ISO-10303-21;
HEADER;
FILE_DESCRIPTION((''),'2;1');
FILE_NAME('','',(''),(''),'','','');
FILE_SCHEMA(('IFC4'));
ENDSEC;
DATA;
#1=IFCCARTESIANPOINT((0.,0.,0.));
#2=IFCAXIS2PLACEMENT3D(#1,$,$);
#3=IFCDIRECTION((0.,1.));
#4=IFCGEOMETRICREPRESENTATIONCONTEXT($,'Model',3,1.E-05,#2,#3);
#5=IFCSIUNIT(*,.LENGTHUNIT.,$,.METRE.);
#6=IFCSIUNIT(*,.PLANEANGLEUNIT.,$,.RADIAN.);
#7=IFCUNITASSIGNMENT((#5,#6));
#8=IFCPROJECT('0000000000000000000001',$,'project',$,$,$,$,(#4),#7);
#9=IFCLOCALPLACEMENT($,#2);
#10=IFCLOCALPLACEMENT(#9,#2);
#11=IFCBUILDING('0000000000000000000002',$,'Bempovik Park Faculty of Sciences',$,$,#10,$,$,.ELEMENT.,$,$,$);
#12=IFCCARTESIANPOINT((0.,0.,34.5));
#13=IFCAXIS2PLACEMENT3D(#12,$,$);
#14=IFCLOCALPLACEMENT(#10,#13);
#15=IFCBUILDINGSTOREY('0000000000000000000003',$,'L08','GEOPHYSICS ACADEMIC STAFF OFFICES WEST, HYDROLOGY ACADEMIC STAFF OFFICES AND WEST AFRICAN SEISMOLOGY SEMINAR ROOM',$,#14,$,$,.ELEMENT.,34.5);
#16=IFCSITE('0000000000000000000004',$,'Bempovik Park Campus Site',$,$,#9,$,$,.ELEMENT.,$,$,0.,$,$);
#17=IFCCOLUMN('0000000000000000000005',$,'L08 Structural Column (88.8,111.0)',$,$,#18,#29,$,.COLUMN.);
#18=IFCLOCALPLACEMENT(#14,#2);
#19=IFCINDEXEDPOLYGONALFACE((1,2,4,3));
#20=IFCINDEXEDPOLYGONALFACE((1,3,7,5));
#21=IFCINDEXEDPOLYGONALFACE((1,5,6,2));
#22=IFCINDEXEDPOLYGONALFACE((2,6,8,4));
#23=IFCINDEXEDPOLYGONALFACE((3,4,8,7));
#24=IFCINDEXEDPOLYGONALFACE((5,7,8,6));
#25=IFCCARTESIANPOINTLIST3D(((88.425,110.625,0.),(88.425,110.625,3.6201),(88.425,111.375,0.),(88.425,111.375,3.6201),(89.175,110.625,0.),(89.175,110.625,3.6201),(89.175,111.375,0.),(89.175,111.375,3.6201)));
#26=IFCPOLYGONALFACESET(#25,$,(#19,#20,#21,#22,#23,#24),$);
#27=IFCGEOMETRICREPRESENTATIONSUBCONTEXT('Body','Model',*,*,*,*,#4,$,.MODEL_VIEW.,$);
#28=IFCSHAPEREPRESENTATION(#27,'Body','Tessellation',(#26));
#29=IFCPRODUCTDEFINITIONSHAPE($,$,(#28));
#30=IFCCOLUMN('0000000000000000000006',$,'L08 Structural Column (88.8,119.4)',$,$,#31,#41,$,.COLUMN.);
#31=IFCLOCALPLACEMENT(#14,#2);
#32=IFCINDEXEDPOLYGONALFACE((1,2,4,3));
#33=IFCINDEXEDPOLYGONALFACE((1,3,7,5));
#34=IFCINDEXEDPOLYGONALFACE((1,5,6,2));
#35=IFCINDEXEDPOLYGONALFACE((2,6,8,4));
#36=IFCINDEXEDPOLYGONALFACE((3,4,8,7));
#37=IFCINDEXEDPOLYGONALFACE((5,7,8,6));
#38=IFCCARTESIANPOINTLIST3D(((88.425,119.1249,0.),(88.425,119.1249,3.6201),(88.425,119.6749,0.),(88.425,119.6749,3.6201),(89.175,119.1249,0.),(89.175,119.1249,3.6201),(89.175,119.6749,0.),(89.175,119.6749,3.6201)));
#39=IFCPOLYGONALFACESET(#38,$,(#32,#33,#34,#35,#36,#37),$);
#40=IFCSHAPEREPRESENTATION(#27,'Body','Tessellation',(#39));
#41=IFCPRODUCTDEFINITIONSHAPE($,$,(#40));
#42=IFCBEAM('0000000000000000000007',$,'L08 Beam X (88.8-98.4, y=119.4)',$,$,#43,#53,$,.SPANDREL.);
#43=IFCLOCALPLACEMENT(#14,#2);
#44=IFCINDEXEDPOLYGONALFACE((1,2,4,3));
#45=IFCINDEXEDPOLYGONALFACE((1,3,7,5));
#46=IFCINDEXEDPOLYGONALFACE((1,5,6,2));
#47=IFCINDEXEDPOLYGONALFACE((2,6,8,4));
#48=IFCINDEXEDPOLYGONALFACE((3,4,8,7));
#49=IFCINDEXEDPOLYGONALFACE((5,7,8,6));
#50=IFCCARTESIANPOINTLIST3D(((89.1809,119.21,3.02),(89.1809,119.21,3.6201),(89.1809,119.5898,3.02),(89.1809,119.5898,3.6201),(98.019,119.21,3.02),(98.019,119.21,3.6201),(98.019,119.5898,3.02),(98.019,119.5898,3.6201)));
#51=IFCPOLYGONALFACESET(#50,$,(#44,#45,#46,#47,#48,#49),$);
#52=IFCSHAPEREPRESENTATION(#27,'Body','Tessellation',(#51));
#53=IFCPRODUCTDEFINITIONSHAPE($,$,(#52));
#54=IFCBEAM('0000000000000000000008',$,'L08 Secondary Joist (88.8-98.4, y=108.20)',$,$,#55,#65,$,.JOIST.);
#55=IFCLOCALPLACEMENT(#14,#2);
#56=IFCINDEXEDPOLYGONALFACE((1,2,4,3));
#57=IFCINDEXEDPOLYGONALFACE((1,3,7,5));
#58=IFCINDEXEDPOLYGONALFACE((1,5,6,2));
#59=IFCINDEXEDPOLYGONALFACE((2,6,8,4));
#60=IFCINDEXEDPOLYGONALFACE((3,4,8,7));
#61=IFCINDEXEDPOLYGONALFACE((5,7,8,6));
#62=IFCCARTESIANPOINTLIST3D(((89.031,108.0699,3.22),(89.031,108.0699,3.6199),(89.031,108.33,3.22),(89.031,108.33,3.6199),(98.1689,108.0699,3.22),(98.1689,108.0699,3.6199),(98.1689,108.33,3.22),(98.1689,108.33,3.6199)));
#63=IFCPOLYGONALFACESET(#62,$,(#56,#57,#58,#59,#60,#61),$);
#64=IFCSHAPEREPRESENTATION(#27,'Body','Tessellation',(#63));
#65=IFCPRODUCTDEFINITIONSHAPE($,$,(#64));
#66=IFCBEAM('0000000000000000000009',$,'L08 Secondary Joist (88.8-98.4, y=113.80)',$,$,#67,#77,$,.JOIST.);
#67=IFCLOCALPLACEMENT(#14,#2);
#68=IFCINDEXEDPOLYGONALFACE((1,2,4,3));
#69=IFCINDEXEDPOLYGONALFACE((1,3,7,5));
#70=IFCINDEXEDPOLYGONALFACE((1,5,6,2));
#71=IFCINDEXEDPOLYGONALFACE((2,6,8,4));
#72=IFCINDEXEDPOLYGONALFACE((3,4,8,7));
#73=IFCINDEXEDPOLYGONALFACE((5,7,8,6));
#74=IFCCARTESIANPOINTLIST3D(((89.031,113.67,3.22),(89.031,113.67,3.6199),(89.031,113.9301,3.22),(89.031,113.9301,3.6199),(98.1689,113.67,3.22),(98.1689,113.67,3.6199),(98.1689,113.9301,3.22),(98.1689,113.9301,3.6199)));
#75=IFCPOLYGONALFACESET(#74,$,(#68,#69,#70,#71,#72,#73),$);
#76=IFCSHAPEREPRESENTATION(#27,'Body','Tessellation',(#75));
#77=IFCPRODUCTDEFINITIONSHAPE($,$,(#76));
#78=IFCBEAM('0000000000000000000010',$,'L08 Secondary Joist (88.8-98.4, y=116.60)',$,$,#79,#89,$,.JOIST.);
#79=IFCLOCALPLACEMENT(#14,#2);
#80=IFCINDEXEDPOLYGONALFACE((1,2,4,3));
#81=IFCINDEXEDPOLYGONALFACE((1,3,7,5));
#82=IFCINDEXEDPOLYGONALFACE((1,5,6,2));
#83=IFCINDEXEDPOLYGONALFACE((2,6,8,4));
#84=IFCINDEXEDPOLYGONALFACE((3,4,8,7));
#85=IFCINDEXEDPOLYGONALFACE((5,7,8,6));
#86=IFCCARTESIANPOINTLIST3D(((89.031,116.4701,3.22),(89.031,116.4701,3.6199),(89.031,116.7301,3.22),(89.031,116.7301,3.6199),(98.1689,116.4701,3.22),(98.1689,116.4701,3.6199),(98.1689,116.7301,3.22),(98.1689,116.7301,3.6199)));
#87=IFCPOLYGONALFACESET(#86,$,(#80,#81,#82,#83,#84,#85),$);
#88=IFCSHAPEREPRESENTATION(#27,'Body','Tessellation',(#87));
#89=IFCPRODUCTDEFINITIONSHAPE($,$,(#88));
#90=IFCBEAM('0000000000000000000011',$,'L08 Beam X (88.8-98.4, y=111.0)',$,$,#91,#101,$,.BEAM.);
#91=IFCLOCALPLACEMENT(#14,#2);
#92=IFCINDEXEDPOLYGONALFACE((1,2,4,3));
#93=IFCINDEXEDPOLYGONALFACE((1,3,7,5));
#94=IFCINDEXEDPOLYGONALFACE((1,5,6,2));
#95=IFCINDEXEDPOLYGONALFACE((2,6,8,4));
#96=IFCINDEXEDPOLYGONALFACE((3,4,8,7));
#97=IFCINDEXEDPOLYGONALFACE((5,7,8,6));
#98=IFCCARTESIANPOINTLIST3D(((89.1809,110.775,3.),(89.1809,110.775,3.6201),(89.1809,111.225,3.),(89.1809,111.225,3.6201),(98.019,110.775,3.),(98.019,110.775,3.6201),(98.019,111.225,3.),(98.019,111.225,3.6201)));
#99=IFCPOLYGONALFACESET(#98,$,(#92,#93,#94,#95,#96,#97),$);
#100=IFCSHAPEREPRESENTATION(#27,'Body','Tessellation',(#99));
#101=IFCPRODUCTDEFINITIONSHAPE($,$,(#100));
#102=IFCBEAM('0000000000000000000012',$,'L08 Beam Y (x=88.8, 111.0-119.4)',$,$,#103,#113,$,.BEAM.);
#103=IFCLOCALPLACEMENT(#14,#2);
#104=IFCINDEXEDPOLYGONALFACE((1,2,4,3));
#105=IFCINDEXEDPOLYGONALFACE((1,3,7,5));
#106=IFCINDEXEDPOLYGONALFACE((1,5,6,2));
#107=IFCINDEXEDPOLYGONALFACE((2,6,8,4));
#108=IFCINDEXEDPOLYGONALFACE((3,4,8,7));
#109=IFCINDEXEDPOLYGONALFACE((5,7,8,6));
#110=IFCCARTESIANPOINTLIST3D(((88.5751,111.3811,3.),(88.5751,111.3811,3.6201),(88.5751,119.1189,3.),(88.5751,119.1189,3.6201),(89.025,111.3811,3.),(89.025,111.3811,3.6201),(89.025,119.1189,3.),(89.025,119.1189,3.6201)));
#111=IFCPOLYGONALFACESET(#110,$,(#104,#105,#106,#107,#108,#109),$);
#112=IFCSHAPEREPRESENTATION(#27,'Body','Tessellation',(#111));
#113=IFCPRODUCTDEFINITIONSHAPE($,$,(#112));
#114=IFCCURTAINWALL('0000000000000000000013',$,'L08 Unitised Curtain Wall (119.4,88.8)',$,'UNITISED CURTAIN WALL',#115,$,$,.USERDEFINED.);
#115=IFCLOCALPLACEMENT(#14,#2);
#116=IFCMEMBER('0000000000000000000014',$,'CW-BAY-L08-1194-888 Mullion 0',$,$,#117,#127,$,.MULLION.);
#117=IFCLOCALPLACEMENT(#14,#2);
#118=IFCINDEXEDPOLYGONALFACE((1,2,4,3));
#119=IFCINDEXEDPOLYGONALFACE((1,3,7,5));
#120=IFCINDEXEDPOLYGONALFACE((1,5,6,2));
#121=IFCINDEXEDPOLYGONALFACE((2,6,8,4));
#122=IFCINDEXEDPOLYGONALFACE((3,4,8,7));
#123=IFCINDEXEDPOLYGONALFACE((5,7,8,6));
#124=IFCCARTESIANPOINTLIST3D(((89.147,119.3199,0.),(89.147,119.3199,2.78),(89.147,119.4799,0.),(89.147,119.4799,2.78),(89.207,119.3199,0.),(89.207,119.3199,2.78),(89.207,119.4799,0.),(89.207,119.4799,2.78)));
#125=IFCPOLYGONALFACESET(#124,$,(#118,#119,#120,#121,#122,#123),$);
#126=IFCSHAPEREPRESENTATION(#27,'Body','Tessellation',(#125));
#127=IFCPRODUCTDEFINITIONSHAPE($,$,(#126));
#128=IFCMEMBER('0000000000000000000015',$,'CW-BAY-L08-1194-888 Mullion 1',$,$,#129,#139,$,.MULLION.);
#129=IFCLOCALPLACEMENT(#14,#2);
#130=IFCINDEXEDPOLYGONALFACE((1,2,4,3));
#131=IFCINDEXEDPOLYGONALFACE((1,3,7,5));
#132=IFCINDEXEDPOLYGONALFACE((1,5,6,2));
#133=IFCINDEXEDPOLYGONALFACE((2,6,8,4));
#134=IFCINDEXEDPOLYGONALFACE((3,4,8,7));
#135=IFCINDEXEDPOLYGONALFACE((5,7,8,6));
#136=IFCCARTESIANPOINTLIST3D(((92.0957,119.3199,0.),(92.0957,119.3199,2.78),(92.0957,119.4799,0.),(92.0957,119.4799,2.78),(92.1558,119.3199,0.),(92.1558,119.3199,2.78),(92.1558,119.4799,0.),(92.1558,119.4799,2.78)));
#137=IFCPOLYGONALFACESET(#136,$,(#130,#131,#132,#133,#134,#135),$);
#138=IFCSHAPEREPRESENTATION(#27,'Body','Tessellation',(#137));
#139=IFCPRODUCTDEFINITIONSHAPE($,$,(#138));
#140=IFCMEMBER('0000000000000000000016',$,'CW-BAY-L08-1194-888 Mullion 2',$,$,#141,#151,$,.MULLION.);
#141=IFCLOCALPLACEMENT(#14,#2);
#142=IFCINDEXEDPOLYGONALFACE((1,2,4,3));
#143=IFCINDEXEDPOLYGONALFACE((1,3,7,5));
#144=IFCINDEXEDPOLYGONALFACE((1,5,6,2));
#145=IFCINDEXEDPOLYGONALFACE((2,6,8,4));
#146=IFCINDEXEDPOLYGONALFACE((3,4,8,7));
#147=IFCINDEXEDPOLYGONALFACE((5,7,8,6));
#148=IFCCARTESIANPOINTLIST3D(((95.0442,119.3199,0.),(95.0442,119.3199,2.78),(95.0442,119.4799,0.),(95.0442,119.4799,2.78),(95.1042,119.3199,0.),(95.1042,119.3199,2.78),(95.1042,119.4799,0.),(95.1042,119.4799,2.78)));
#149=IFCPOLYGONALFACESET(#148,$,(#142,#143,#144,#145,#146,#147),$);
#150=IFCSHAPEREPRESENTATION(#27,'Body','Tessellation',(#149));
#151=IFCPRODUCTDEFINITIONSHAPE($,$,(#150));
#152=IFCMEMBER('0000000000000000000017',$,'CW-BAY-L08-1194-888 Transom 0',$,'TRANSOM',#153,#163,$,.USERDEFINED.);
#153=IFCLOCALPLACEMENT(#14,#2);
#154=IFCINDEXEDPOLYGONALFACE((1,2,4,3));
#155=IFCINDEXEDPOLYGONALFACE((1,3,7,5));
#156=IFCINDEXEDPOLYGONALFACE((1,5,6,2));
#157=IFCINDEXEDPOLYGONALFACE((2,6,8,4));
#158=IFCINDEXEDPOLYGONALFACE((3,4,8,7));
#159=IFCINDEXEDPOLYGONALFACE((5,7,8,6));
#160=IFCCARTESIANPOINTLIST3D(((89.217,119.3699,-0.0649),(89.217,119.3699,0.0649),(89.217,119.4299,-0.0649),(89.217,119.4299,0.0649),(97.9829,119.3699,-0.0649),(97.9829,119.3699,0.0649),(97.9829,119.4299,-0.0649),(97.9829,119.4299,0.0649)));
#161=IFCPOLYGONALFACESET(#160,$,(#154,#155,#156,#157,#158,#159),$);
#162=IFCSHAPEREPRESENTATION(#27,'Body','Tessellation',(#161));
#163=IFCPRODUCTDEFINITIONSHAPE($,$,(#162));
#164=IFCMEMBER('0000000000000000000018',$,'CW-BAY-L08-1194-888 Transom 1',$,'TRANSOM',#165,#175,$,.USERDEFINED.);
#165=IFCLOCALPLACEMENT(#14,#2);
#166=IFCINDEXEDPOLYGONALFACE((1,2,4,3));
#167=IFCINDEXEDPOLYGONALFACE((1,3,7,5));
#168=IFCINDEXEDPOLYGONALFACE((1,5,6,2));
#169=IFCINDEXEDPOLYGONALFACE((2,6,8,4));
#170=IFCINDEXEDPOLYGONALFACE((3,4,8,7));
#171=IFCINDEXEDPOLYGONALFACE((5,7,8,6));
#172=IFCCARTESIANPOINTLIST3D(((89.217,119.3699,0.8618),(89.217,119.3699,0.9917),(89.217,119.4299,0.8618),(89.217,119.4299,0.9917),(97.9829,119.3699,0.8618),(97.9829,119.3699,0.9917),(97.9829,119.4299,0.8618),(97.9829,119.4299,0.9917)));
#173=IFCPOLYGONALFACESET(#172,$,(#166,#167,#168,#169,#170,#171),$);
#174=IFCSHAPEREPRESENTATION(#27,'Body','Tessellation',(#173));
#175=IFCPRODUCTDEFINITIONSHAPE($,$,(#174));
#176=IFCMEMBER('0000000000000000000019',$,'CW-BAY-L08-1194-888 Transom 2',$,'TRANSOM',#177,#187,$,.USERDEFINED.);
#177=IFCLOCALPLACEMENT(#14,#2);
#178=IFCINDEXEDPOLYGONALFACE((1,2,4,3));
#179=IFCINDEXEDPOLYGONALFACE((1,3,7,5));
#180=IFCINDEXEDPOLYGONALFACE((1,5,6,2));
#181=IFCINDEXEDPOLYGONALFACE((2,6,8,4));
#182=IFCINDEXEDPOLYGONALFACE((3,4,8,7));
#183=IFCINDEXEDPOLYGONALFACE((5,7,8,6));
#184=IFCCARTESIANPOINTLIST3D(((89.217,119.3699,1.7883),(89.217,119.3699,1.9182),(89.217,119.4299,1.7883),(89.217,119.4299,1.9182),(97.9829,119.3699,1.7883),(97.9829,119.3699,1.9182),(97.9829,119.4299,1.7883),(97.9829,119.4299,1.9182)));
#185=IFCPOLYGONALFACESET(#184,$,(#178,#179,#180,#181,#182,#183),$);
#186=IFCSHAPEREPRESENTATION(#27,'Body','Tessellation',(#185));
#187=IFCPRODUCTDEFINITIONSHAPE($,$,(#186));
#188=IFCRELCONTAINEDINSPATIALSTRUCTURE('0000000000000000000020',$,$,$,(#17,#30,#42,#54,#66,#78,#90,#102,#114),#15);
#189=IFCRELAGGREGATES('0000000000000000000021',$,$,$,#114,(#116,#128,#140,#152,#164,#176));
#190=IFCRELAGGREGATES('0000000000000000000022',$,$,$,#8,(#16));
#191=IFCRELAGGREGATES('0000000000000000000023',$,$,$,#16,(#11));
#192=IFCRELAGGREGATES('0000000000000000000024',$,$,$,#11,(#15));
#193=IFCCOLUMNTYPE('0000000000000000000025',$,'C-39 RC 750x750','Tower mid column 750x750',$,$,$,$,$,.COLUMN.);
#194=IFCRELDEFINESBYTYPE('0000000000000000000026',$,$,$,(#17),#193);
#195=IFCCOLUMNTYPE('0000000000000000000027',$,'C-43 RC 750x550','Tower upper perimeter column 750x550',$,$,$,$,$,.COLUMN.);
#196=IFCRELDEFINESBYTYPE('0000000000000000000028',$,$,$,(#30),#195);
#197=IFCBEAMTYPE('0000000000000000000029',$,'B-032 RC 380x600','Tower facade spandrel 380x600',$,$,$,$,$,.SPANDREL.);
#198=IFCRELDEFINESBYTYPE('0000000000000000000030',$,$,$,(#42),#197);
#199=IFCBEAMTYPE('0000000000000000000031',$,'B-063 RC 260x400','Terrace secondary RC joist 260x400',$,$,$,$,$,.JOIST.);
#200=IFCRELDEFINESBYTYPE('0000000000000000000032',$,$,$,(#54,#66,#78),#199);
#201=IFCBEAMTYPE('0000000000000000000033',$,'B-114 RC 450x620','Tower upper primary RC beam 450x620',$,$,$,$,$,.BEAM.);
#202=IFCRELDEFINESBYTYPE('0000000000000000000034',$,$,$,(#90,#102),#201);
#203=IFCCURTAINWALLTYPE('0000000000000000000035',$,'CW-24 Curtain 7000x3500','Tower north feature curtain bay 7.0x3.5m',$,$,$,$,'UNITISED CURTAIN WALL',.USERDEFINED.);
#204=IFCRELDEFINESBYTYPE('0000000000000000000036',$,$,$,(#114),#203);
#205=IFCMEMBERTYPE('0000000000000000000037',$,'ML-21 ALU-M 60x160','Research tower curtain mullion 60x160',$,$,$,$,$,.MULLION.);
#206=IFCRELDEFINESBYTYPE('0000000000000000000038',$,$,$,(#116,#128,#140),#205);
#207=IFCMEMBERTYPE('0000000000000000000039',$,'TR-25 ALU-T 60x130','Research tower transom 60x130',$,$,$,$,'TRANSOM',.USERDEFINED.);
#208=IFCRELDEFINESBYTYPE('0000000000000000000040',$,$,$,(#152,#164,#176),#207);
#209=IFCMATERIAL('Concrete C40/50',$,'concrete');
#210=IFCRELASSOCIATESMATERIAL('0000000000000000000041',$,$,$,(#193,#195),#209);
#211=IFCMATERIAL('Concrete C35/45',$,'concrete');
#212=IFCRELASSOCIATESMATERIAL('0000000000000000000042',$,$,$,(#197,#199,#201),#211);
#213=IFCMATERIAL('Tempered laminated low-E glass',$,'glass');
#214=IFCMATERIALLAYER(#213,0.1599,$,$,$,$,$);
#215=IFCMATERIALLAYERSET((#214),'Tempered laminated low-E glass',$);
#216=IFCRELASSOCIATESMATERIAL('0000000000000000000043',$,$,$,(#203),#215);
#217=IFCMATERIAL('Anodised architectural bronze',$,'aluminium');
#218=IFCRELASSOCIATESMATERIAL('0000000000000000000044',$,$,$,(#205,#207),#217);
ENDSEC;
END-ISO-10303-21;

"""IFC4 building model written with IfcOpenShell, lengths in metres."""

from ifc_helpers import new_model, si_unit, direction, frame, origin, origin_2d, place, context, subcontext, project, spatial, rectangle, extrude, material, layer, layer_set, material_profile, profile_set, type_object, element, aggregate, save


model = new_model("IFC4")

# Units and contexts
model_context = context("Model", 3, precision=1e-05, world=origin(), true_north=direction((0.0, 1.0)))
body_context = subcontext(model_context, "Body", "Model", "MODEL_VIEW")
ifc_project = project(units=[si_unit("LENGTHUNIT", "METRE"), si_unit("PLANEANGLEUNIT", "RADIAN")], contexts=[model_context])

# Site, building, storey
site_placement = place(None, origin())
site = spatial("IfcSite", under=ifc_project, at=site_placement, Name="Bempovik Park Campus Site", CompositionType="ELEMENT", RefElevation=0.0)
building_placement = place(site_placement, origin())
building = spatial("IfcBuilding", under=site, at=building_placement, Name="Bempovik Park Faculty of Sciences", CompositionType="ELEMENT")
storey_placement = place(building_placement, frame((0.0, 0.0, 34.5)))
storey = spatial("IfcBuildingStorey", under=building, at=storey_placement, Name="L08", Description="GEOPHYSICS ACADEMIC STAFF OFFICES WEST, HYDROLOGY ACADEMIC STAFF OFFICES AND WEST AFRICAN SEISMOLOGY SEMINAR ROOM", CompositionType="ELEMENT", Elevation=34.5)

# Columns
ifc_material_1 = material(Name="Concrete C40/50", Category="concrete")
ifc_material_profile_1 = material_profile(ifc_material_1, rectangle(XDim=0.75, YDim=0.75, at=origin_2d()), Name="RC 750x750")
ifc_profile_set_1 = profile_set([ifc_material_profile_1], Name="Concrete C40/50")
column_type_1 = type_object("IfcColumnType", Name="C-39 RC 750x750", Description="Tower mid column 750x750", PredefinedType="COLUMN", material=ifc_profile_set_1)
column_1_placement = place(storey_placement, frame((88.8, 111.0, 0.0), z_axis=(0.0, 0.0, 1.0), x_axis=(1.0, 0.0, 0.0)))
element("IfcColumn", 1, at=column_1_placement, inside=storey, type_object=column_type_1, Name="L08 Structural Column (88.8,111.0)", PredefinedType="COLUMN", context=body_context, shape_type="SweptSolid", body=[
    extrude(rectangle(XDim=0.75, YDim=0.75, at=origin_2d()), origin(), (0.0, 0.0, 1.0), 3.6201),
])
ifc_material_profile_2 = material_profile(ifc_material_1, rectangle(XDim=0.75, YDim=0.55, at=origin_2d()), Name="RC 750x550")
ifc_profile_set_2 = profile_set([ifc_material_profile_2], Name="Concrete C40/50")
column_type_2 = type_object("IfcColumnType", Name="C-43 RC 750x550", Description="Tower upper perimeter column 750x550", PredefinedType="COLUMN", material=ifc_profile_set_2)
column_2_placement = place(storey_placement, frame((88.8, 119.3999, 0.0), z_axis=(0.0, 0.0, 1.0), x_axis=(1.0, 0.0, 0.0)))
element("IfcColumn", 2, at=column_2_placement, inside=storey, type_object=column_type_2, Name="L08 Structural Column (88.8,119.4)", PredefinedType="COLUMN", context=body_context, shape_type="SweptSolid", body=[
    extrude(rectangle(XDim=0.75, YDim=0.55, at=origin_2d()), origin(), (0.0, 0.0, 1.0), 3.6201),
])

# Beams
ifc_material_2 = material(Name="Concrete C35/45", Category="concrete")
ifc_material_profile_3 = material_profile(ifc_material_2, rectangle(XDim=0.3799, YDim=0.6001, at=origin_2d()), Name="RC 380x600")
ifc_profile_set_3 = profile_set([ifc_material_profile_3], Name="Concrete C35/45")
beam_type_1 = type_object("IfcBeamType", Name="B-032 RC 380x600", Description="Tower facade spandrel 380x600", PredefinedType="SPANDREL", material=ifc_profile_set_3)
beam_1_placement = place(storey_placement, frame((89.1809, 119.3999, 3.3201), z_axis=(1.0, 0.0, 0.0), x_axis=(0.0, 1.0, 0.0)))
element("IfcBeam", 3, at=beam_1_placement, inside=storey, type_object=beam_type_1, Name="L08 Beam X (88.8-98.4, y=119.4)", PredefinedType="SPANDREL", context=body_context, shape_type="SweptSolid", body=[
    extrude(rectangle(XDim=0.3799, YDim=0.6001, at=origin_2d()), origin(), (0.0, 0.0, 1.0), 8.8381),
])
ifc_material_profile_4 = material_profile(ifc_material_2, rectangle(XDim=0.26, YDim=0.3999, at=origin_2d()), Name="RC 260x400")
ifc_profile_set_4 = profile_set([ifc_material_profile_4], Name="Concrete C35/45")
beam_type_2 = type_object("IfcBeamType", Name="B-063 RC 260x400", Description="Terrace secondary RC joist 260x400", PredefinedType="JOIST", material=ifc_profile_set_4)
for number, where, z_axis, x_axis, name in (
    (4, (89.031, 108.2, 3.4199), (1.0, 0.0, 0.0), (0.0, 1.0, 0.0), "L08 Secondary Joist (88.8-98.4, y=108.20)"),
    (5, (89.031, 113.8, 3.4199), (1.0, 0.0, 0.0), (0.0, 1.0, 0.0), "L08 Secondary Joist (88.8-98.4, y=113.80)"),
    (6, (89.031, 116.6001, 3.4199), (1.0, 0.0, 0.0), (0.0, 1.0, 0.0), "L08 Secondary Joist (88.8-98.4, y=116.60)"),
):
    element("IfcBeam", number, at=place(storey_placement, frame(where, z_axis=z_axis, x_axis=x_axis)), inside=storey, type_object=beam_type_2, Name=name, PredefinedType="JOIST", context=body_context, shape_type="SweptSolid", body=[
        extrude(rectangle(XDim=0.26, YDim=0.3999, at=origin_2d()), origin(), (0.0, 0.0, 1.0), 9.1379),
    ])
ifc_material_profile_5 = material_profile(ifc_material_2, rectangle(XDim=0.45, YDim=0.6201, at=origin_2d()), Name="RC 450x620")
ifc_profile_set_5 = profile_set([ifc_material_profile_5], Name="Concrete C35/45")
beam_type_3 = type_object("IfcBeamType", Name="B-114 RC 450x620", Description="Tower upper primary RC beam 450x620", PredefinedType="BEAM", material=ifc_profile_set_5)
beam_2_placement = place(storey_placement, frame((89.1809, 111.0, 3.3101), z_axis=(1.0, 0.0, 0.0), x_axis=(0.0, 1.0, 0.0)))
element("IfcBeam", 7, at=beam_2_placement, inside=storey, type_object=beam_type_3, Name="L08 Beam X (88.8-98.4, y=111.0)", PredefinedType="BEAM", context=body_context, shape_type="SweptSolid", body=[
    extrude(rectangle(XDim=0.45, YDim=0.6201, at=origin_2d()), origin(), (0.0, 0.0, 1.0), 8.8381),
])
beam_3_placement = place(storey_placement, frame((88.8, 111.3811, 3.3101), z_axis=(0.0, 1.0, 0.0), x_axis=(-1.0, 0.0, 0.0)))
element("IfcBeam", 8, at=beam_3_placement, inside=storey, type_object=beam_type_3, Name="L08 Beam Y (x=88.8, 111.0-119.4)", PredefinedType="BEAM", context=body_context, shape_type="SweptSolid", body=[
    extrude(rectangle(XDim=0.45, YDim=0.6201, at=origin_2d()), origin(), (0.0, 0.0, 1.0), 7.7378),
])

# Curtain wall, members
ifc_material_3 = material(Name="Tempered laminated low-E glass", Category="glass")
ifc_layer_1 = layer(ifc_material_3, 0.1599)
ifc_layer_set_1 = layer_set([ifc_layer_1], Name="Tempered laminated low-E glass")
curtain_wall_type = type_object("IfcCurtainWallType", Name="CW-24 Curtain 7000x3500", Description="Tower north feature curtain bay 7.0x3.5m", ElementType="UNITISED CURTAIN WALL", PredefinedType="USERDEFINED", material=ifc_layer_set_1)
curtain_wall_placement = place(storey_placement, origin())
curtain_wall = element("IfcCurtainWall", 9, at=curtain_wall_placement, inside=storey, type_object=curtain_wall_type, Name="L08 Unitised Curtain Wall (119.4,88.8)", ObjectType="UNITISED CURTAIN WALL", PredefinedType="USERDEFINED")
ifc_material_4 = material(Name="Anodised architectural bronze", Category="aluminium")
ifc_material_profile_6 = material_profile(ifc_material_4, rectangle(XDim=0.0601, YDim=0.1599, at=origin_2d()), Name="ALU-M 60x160")
ifc_profile_set_6 = profile_set([ifc_material_profile_6], Name="Anodised architectural bronze")
member_type_1 = type_object("IfcMemberType", Name="ML-21 ALU-M 60x160", Description="Research tower curtain mullion 60x160", PredefinedType="MULLION", material=ifc_profile_set_6)
member_1_placement = place(storey_placement, frame((89.177, 119.3999, 0.0), z_axis=(0.0, 0.0, 1.0), x_axis=(1.0, 0.0, 0.0)))
member_1 = element("IfcMember", 10, at=member_1_placement, type_object=member_type_1, Name="CW-BAY-L08-1194-888 Mullion 0", PredefinedType="MULLION", context=body_context, shape_type="SweptSolid", body=[
    extrude(rectangle(XDim=0.0601, YDim=0.1599, at=origin_2d()), origin(), (0.0, 0.0, 1.0), 2.78),
])
member_2_placement = place(storey_placement, frame((92.1257, 119.3999, 0.0), z_axis=(0.0, 0.0, 1.0), x_axis=(1.0, 0.0, 0.0)))
member_2 = element("IfcMember", 11, at=member_2_placement, type_object=member_type_1, Name="CW-BAY-L08-1194-888 Mullion 1", PredefinedType="MULLION", context=body_context, shape_type="SweptSolid", body=[
    extrude(rectangle(XDim=0.0601, YDim=0.1599, at=origin_2d()), origin(), (0.0, 0.0, 1.0), 2.78),
])
member_3_placement = place(storey_placement, frame((95.0742, 119.3999, 0.0), z_axis=(0.0, 0.0, 1.0), x_axis=(1.0, 0.0, 0.0)))
member_3 = element("IfcMember", 12, at=member_3_placement, type_object=member_type_1, Name="CW-BAY-L08-1194-888 Mullion 2", PredefinedType="MULLION", context=body_context, shape_type="SweptSolid", body=[
    extrude(rectangle(XDim=0.0601, YDim=0.1599, at=origin_2d()), origin(), (0.0, 0.0, 1.0), 2.78),
])
ifc_material_profile_7 = material_profile(ifc_material_4, rectangle(XDim=0.0601, YDim=0.1299, at=origin_2d()), Name="ALU-T 60x130")
ifc_profile_set_7 = profile_set([ifc_material_profile_7], Name="Anodised architectural bronze")
member_type_2 = type_object("IfcMemberType", Name="TR-25 ALU-T 60x130", Description="Research tower transom 60x130", ElementType="TRANSOM", PredefinedType="USERDEFINED", material=ifc_profile_set_7)
member_4_placement = place(storey_placement, frame((89.217, 119.3999, 0.0), z_axis=(1.0, 0.0, 0.0), x_axis=(0.0, 1.0, 0.0)))
member_4 = element("IfcMember", 13, at=member_4_placement, type_object=member_type_2, Name="CW-BAY-L08-1194-888 Transom 0", ObjectType="TRANSOM", PredefinedType="USERDEFINED", context=body_context, shape_type="SweptSolid", body=[
    extrude(rectangle(XDim=0.0601, YDim=0.1299, at=origin_2d()), origin(), (0.0, 0.0, 1.0), 8.7659),
])
member_5_placement = place(storey_placement, frame((89.217, 119.3999, 0.9268), z_axis=(1.0, 0.0, 0.0), x_axis=(0.0, 1.0, 0.0)))
member_5 = element("IfcMember", 14, at=member_5_placement, type_object=member_type_2, Name="CW-BAY-L08-1194-888 Transom 1", ObjectType="TRANSOM", PredefinedType="USERDEFINED", context=body_context, shape_type="SweptSolid", body=[
    extrude(rectangle(XDim=0.0601, YDim=0.1299, at=origin_2d()), origin(), (0.0, 0.0, 1.0), 8.7659),
])
member_6_placement = place(storey_placement, frame((89.217, 119.3999, 1.8533), z_axis=(1.0, 0.0, 0.0), x_axis=(0.0, 1.0, 0.0)))
member_6 = element("IfcMember", 15, at=member_6_placement, type_object=member_type_2, Name="CW-BAY-L08-1194-888 Transom 2", ObjectType="TRANSOM", PredefinedType="USERDEFINED", context=body_context, shape_type="SweptSolid", body=[
    extrude(rectangle(XDim=0.0601, YDim=0.1299, at=origin_2d()), origin(), (0.0, 0.0, 1.0), 8.7659),
])
aggregate(curtain_wall, [member_1, member_2, member_3, member_4, member_5, member_6])

save(model, "model.ifc")
